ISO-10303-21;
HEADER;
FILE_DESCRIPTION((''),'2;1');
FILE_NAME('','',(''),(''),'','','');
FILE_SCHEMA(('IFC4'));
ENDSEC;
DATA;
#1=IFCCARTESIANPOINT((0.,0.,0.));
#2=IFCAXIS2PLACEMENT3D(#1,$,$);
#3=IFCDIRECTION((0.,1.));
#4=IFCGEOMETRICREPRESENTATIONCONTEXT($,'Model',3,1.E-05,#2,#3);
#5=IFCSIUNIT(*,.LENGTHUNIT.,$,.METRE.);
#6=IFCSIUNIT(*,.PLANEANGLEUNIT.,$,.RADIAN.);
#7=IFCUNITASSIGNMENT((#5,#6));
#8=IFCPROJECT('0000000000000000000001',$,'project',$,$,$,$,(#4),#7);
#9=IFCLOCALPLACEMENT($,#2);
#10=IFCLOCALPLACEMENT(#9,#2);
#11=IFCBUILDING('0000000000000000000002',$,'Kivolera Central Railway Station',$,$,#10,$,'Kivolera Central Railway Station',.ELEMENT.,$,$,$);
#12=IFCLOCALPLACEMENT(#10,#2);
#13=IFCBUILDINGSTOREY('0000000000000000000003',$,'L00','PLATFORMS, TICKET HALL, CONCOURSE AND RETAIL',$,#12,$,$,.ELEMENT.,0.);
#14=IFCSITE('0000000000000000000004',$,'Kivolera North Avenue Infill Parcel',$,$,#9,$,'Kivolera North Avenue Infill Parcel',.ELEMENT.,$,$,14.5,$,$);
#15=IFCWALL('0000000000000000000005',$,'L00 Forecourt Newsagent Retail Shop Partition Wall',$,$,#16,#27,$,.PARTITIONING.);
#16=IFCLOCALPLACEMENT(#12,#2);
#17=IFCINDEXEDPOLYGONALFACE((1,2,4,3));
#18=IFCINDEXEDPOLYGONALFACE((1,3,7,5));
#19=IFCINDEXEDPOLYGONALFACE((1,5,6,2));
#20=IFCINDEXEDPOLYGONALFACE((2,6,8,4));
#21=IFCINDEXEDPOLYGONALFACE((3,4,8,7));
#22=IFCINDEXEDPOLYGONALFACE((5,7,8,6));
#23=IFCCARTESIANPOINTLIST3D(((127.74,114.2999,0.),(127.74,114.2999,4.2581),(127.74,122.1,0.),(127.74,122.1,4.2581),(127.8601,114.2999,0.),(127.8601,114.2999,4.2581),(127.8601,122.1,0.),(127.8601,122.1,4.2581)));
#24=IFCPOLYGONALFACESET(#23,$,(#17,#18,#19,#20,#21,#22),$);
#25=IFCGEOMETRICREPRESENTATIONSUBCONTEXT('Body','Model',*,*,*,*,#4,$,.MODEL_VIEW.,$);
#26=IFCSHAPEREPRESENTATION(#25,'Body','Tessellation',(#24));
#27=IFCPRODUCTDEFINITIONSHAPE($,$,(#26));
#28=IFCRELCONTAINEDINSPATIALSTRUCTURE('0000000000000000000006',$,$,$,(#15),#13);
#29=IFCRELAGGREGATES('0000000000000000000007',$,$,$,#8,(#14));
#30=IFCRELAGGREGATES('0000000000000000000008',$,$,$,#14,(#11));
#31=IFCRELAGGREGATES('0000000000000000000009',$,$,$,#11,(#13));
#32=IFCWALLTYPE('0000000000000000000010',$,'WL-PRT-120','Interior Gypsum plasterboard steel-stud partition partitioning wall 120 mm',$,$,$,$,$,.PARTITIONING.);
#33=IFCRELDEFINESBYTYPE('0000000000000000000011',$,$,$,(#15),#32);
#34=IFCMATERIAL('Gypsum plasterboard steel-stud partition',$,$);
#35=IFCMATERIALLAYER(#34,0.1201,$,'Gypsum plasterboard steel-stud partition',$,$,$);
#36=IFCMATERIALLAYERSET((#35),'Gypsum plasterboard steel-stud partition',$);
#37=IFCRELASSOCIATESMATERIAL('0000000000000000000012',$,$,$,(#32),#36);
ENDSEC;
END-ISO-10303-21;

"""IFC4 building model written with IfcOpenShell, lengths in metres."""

from ifc_helpers import new_model, si_unit, direction, frame, frame_2d, origin, place, context, subcontext, project, spatial, rectangle, extrude, material, layer, layer_set, type_object, element, save


model = new_model("IFC4")

# Units and contexts
model_context = context("Model", 3, precision=1e-05, world=origin(), true_north=direction((0.0, 1.0)))
body_context = subcontext(model_context, "Body", "Model", "MODEL_VIEW")
ifc_project = project(units=[si_unit("LENGTHUNIT", "METRE"), si_unit("PLANEANGLEUNIT", "RADIAN")], contexts=[model_context])

# Site, building, storey
site_placement = place(None, origin())
site = spatial("IfcSite", under=ifc_project, at=site_placement, Name="Kivolera North Avenue Infill Parcel", LongName="Kivolera North Avenue Infill Parcel", CompositionType="ELEMENT", RefElevation=14.5)
building_placement = place(site_placement, origin())
building = spatial("IfcBuilding", under=site, at=building_placement, Name="Kivolera Central Railway Station", LongName="Kivolera Central Railway Station", CompositionType="ELEMENT")
storey_placement = place(building_placement, origin())
storey = spatial("IfcBuildingStorey", under=building, at=storey_placement, Name="L00", Description="PLATFORMS, TICKET HALL, CONCOURSE AND RETAIL", CompositionType="ELEMENT", Elevation=0.0)

# Wall
ifc_material_1 = material(Name="Gypsum plasterboard steel-stud partition")
ifc_layer_1 = layer(ifc_material_1, 0.1201, Name="Gypsum plasterboard steel-stud partition")
ifc_layer_set_1 = layer_set([ifc_layer_1], Name="Gypsum plasterboard steel-stud partition")
wall_type_1 = type_object("IfcWallType", Name="WL-PRT-120", Description="Interior Gypsum plasterboard steel-stud partition partitioning wall 120 mm", PredefinedType="PARTITIONING", material=ifc_layer_set_1)
wall_1_placement = place(storey_placement, frame((127.8, 114.3, 0.0), z_axis=(0.0, 0.0, 1.0), x_axis=(0.0, 1.0, 0.0)))
element("IfcWall", 1, at=wall_1_placement, inside=storey, type_object=wall_type_1, Name="L00 Forecourt Newsagent Retail Shop Partition Wall", PredefinedType="PARTITIONING", context=body_context, shape_type="SweptSolid", body=[
    extrude(rectangle(XDim=7.8, YDim=0.1201, at=frame_2d((3.8999, 0.0))), origin(), (0.0, 0.0, 1.0), 4.2581),
])

save(model, "model.ifc")
